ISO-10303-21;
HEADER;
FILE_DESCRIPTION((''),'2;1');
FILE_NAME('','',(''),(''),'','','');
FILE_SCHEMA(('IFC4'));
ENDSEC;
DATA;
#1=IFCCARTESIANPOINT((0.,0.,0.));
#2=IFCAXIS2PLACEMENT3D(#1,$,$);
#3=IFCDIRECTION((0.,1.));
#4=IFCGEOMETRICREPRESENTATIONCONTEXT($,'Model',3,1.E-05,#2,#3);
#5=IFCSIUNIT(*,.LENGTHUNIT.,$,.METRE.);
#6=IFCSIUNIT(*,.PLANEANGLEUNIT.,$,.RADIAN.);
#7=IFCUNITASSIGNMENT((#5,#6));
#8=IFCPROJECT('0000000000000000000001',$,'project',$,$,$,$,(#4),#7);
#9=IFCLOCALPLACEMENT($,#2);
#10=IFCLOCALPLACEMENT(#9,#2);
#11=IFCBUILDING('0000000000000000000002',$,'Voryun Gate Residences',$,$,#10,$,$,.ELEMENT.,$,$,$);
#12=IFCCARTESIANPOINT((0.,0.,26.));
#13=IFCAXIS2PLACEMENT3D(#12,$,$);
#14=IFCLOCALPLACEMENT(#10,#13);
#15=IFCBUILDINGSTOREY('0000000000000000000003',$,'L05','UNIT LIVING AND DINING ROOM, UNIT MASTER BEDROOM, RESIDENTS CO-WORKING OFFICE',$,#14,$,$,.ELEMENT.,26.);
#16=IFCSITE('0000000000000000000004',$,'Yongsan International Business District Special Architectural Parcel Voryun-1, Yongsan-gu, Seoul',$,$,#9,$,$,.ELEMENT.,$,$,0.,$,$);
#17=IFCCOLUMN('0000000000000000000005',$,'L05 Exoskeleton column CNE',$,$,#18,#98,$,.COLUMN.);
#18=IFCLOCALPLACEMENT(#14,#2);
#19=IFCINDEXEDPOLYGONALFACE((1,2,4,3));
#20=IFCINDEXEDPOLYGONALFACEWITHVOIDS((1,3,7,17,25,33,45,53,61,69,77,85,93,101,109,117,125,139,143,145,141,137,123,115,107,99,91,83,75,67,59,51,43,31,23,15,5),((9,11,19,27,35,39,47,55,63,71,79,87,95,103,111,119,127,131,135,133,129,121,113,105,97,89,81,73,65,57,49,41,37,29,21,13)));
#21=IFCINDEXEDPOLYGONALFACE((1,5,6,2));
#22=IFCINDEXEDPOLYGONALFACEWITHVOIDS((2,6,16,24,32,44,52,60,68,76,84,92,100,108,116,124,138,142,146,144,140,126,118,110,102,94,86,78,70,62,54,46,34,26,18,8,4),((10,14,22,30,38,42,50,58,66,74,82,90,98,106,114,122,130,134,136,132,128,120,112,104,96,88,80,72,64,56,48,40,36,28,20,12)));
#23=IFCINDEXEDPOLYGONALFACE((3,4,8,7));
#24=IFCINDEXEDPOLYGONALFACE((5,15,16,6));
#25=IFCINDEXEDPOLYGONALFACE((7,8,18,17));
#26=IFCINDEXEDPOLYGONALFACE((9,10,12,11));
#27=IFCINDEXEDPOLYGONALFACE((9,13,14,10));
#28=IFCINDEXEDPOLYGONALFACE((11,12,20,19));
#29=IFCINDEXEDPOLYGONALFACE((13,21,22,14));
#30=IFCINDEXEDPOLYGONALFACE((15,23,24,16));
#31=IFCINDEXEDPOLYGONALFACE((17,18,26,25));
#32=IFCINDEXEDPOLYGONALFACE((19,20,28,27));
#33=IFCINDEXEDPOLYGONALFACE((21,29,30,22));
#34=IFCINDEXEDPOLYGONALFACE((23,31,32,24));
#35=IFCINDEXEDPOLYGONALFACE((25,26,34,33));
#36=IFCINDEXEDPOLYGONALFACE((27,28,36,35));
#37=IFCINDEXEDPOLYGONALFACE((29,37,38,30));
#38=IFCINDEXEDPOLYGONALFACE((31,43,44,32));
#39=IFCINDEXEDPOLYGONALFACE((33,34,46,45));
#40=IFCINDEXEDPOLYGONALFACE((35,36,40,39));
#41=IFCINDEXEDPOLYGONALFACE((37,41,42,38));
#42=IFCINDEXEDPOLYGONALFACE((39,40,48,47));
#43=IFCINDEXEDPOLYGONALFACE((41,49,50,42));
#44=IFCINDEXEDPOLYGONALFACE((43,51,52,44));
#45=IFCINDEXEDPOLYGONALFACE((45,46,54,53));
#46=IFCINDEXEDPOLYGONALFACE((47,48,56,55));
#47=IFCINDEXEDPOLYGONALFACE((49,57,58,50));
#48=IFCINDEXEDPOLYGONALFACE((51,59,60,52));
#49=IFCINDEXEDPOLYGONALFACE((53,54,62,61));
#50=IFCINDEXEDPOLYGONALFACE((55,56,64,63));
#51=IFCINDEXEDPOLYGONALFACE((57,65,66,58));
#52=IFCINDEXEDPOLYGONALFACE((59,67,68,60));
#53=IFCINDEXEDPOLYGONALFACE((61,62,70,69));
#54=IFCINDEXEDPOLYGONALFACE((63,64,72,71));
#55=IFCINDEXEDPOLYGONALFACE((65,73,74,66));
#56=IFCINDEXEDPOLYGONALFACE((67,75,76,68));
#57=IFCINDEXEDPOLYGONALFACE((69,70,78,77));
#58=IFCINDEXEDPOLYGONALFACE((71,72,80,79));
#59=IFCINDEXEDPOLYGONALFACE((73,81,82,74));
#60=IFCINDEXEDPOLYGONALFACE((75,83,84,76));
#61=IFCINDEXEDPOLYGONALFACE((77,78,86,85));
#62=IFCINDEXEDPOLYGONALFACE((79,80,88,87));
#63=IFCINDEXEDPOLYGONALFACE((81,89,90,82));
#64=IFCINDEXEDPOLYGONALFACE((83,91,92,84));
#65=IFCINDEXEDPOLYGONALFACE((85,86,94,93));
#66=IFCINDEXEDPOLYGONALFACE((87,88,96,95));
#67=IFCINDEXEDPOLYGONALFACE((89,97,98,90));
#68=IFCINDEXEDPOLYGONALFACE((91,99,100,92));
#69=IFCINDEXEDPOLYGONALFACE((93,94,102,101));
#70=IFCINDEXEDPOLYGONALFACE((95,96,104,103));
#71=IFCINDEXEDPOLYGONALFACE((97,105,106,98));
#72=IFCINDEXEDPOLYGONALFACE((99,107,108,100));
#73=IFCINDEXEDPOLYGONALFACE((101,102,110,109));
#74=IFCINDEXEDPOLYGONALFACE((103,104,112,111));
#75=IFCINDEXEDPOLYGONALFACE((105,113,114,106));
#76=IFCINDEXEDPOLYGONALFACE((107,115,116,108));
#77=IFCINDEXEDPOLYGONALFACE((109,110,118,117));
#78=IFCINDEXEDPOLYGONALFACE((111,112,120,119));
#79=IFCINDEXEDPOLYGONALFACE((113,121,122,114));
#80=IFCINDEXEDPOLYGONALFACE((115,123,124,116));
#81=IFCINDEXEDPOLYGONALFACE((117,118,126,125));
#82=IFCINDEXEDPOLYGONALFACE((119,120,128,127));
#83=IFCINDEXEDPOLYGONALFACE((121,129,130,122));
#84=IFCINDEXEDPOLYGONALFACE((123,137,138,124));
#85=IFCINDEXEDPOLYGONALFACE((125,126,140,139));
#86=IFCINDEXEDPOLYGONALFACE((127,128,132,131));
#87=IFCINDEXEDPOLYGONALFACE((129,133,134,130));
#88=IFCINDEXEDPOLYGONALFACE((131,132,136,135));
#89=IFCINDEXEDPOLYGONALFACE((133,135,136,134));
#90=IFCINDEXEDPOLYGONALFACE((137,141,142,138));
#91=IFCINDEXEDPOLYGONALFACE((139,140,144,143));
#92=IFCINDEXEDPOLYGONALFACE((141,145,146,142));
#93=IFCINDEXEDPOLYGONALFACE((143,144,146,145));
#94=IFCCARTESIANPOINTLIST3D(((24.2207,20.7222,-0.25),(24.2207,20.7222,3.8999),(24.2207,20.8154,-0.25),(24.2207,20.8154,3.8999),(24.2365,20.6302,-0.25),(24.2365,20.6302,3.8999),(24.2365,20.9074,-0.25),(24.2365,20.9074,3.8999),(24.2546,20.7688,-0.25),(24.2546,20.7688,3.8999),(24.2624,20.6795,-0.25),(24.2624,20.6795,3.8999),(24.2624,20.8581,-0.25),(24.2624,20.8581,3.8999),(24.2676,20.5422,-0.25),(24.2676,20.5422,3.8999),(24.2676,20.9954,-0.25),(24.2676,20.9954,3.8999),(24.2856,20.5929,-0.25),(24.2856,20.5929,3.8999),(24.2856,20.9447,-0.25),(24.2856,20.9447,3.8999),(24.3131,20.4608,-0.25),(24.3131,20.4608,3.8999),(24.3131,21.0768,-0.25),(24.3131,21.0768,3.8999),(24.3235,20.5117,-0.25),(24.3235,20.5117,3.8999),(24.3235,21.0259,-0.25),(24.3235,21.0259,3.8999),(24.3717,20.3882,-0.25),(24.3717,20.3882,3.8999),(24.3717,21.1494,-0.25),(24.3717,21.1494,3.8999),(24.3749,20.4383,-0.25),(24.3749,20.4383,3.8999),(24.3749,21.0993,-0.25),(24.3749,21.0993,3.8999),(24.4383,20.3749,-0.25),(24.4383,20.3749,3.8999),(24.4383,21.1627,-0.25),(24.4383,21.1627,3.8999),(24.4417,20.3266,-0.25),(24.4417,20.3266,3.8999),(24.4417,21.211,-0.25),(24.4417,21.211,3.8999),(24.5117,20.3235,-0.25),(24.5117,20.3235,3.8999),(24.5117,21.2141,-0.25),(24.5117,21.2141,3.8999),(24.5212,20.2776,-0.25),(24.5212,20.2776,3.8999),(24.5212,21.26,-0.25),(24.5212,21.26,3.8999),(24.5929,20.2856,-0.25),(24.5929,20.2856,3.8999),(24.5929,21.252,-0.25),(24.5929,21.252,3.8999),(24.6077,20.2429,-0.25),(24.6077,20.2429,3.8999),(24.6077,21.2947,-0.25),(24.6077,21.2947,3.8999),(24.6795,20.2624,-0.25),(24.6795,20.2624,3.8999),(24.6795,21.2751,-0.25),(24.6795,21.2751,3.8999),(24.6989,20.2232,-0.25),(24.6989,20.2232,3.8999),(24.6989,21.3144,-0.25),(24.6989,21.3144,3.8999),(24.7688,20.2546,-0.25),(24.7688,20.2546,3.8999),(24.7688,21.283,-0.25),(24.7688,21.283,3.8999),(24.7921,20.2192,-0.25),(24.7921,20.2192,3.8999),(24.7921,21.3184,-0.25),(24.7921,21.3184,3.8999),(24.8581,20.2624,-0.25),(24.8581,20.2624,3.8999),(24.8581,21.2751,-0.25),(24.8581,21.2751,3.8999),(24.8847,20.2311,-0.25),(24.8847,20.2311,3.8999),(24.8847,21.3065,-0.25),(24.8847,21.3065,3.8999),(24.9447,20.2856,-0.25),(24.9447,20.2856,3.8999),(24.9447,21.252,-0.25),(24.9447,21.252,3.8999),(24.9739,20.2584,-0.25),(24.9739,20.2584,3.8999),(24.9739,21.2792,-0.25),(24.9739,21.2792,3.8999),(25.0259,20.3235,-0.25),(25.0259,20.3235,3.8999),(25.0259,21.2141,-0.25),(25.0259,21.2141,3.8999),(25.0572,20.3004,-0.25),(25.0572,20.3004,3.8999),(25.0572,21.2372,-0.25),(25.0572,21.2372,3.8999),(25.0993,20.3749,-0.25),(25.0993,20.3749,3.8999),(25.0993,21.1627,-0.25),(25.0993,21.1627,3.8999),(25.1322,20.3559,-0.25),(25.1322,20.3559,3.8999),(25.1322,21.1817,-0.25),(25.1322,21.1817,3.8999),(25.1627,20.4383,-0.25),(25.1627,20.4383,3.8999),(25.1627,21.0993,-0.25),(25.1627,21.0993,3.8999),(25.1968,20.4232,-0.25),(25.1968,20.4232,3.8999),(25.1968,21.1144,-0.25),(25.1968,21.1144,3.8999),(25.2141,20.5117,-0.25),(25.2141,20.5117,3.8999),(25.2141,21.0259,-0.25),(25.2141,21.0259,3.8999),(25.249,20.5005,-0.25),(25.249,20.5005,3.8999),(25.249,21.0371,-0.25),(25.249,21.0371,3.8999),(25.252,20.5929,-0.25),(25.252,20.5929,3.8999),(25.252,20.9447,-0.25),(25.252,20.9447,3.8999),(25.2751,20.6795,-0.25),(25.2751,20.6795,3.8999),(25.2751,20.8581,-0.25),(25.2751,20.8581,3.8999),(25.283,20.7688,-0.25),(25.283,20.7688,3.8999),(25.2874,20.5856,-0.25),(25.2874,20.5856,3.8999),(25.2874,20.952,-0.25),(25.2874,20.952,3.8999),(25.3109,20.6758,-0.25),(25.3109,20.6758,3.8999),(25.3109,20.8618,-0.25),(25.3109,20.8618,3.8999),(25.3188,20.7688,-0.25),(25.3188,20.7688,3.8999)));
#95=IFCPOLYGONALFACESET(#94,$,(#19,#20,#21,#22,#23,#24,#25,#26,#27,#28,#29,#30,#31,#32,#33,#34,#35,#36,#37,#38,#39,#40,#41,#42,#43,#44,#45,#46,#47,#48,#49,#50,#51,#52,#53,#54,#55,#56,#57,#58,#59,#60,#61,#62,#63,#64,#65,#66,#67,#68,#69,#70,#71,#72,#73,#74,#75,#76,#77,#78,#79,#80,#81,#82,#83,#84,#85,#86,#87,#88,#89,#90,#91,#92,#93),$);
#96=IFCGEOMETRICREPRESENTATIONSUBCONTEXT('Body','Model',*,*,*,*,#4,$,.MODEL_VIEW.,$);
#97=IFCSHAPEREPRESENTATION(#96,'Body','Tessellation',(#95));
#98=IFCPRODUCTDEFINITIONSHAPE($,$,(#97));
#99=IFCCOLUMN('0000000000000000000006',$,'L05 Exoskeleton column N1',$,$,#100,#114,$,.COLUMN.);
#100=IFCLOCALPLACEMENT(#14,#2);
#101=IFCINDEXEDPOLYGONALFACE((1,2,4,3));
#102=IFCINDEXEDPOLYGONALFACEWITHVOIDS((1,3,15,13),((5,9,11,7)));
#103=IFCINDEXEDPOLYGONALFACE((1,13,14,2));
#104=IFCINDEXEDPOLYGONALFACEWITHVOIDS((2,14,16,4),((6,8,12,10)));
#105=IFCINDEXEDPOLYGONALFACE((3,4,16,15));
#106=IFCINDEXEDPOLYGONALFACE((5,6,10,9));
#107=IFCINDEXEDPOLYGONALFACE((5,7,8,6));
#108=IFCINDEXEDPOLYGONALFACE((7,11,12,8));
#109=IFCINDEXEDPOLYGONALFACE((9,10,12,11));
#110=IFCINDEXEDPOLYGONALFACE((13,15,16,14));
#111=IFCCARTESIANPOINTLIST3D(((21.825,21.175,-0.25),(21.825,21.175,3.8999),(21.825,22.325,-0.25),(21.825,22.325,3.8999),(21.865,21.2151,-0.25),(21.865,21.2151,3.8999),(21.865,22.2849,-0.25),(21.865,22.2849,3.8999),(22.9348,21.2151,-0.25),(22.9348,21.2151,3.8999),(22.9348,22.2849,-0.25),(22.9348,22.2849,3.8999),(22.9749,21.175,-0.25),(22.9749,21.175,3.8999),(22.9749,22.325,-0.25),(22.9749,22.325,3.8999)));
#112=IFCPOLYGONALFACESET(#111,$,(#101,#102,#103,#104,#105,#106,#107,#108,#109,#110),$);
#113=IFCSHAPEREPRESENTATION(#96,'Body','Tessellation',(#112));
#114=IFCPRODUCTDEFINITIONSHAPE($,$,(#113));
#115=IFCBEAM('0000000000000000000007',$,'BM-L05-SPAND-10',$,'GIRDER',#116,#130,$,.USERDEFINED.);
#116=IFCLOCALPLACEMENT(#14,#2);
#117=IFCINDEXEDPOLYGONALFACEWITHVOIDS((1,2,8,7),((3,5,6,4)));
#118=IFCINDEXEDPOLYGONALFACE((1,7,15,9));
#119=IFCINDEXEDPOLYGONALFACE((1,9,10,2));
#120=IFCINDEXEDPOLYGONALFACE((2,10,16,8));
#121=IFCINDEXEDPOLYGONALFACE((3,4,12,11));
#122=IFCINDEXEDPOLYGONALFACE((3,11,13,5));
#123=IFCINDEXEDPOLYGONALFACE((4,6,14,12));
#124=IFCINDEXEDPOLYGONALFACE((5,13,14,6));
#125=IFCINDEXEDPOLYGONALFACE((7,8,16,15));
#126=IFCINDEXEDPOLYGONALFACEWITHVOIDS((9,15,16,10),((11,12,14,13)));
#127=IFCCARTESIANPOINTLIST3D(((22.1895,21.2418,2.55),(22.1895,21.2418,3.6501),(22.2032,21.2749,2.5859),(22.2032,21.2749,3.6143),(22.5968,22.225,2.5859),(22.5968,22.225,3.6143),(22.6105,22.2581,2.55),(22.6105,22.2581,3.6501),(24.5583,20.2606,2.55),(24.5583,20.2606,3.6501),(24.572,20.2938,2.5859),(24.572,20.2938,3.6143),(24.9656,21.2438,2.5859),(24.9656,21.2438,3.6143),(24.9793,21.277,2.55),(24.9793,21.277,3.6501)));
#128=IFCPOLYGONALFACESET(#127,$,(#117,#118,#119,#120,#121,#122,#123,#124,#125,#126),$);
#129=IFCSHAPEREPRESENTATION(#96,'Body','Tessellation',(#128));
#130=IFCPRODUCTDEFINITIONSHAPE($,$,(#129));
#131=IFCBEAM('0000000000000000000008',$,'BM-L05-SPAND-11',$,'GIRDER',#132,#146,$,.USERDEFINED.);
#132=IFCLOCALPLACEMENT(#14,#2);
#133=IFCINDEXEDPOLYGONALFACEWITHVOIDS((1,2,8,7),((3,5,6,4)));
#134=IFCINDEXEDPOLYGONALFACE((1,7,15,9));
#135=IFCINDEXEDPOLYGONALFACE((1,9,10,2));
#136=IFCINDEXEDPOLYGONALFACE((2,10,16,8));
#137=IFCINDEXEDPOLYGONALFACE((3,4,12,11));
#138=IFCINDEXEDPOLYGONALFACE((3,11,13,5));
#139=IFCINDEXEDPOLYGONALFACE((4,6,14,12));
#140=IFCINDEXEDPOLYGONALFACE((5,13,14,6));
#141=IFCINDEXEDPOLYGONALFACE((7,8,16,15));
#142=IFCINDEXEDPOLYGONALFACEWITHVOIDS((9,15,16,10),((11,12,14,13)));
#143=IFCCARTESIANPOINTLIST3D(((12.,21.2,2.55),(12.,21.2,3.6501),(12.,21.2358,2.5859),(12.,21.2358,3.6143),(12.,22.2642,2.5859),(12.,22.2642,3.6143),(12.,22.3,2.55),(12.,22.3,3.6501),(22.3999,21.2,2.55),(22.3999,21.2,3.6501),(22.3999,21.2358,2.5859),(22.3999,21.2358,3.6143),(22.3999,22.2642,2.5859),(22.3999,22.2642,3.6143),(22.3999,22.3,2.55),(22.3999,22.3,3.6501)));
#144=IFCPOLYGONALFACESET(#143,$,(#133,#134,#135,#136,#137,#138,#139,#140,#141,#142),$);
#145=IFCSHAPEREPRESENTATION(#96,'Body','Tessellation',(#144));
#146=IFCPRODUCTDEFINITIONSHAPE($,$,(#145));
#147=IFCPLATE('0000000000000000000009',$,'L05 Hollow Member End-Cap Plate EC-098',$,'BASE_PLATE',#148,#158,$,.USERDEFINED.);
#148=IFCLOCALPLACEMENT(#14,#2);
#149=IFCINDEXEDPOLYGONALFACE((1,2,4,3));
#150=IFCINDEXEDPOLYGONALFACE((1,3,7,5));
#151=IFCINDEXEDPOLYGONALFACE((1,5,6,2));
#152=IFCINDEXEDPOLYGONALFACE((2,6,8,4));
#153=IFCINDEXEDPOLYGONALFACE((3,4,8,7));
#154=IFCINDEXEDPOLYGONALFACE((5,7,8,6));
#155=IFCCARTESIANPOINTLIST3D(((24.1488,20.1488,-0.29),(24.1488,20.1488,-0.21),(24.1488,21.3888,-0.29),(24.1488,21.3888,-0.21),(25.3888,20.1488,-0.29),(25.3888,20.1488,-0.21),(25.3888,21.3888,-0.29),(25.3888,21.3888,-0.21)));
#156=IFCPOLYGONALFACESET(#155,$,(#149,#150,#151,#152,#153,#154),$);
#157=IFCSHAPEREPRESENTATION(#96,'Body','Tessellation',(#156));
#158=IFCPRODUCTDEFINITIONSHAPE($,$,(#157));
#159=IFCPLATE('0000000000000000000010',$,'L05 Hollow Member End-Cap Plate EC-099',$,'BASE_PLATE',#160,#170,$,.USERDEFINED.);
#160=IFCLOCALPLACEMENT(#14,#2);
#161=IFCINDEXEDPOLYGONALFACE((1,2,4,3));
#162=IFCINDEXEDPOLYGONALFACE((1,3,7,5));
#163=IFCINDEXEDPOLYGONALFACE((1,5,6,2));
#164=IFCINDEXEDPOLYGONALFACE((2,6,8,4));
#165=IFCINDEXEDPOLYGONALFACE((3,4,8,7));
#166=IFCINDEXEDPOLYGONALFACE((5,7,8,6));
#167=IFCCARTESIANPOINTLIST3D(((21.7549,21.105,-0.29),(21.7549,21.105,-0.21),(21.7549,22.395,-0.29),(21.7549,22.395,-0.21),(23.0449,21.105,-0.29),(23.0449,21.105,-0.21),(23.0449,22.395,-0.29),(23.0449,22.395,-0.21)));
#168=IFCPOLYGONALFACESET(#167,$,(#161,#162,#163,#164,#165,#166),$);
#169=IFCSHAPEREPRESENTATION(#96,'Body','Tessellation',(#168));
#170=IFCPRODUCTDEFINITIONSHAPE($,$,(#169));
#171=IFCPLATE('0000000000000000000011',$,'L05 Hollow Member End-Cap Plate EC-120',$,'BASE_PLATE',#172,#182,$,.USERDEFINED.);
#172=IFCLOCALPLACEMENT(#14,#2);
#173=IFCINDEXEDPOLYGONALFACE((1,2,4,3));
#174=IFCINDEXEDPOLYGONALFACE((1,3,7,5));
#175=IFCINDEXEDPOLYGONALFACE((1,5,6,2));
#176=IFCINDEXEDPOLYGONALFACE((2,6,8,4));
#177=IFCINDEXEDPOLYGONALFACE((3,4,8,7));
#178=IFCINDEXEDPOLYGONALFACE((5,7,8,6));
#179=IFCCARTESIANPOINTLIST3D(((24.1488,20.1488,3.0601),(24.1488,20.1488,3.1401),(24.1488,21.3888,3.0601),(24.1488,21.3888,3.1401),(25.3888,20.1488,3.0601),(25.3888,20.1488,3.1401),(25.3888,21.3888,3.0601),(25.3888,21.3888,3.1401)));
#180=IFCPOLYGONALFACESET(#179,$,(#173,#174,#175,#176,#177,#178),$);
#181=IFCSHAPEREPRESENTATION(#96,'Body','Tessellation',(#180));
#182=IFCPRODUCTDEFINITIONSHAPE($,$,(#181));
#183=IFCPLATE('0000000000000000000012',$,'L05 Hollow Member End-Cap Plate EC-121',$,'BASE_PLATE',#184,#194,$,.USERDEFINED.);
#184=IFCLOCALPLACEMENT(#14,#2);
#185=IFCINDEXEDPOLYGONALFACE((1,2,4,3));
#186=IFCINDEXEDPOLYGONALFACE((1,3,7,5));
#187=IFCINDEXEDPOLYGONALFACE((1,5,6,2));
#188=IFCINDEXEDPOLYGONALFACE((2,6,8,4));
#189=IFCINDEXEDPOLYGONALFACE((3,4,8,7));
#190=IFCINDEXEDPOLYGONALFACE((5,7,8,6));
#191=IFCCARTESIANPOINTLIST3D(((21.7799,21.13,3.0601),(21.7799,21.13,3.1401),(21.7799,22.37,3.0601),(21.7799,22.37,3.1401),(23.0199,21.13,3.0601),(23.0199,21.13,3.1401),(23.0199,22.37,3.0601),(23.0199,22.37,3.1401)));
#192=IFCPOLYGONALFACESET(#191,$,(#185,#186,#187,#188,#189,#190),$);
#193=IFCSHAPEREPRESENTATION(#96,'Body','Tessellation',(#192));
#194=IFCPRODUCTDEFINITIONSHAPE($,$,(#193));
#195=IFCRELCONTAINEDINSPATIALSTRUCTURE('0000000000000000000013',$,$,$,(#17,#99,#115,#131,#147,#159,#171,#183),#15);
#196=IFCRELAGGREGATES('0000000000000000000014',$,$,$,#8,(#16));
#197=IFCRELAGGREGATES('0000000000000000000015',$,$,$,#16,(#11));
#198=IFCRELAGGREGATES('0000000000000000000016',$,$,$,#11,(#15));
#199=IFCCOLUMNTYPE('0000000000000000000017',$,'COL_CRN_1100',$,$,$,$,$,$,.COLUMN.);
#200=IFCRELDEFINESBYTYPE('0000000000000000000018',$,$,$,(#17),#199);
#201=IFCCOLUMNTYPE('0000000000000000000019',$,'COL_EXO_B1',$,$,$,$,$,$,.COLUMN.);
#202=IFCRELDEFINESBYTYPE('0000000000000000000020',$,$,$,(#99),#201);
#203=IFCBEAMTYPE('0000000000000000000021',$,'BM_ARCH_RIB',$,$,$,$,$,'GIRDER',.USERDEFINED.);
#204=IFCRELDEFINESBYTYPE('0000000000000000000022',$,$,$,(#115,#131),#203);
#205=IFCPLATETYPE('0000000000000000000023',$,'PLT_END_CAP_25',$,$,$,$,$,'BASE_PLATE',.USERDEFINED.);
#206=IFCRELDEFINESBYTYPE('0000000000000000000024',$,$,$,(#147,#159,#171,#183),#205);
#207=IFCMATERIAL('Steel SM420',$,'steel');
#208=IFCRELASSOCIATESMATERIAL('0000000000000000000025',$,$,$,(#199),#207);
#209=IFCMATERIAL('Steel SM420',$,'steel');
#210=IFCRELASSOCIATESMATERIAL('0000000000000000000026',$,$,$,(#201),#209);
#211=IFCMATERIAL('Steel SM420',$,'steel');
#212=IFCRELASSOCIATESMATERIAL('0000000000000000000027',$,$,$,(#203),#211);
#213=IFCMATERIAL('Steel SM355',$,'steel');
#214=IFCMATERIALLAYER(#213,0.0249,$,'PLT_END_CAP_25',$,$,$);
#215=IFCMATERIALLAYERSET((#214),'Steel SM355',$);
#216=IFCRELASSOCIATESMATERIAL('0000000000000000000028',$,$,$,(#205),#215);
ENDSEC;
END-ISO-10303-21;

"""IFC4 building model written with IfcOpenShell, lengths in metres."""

from ifc_helpers import new_model, si_unit, direction, frame, origin, origin_2d, place, context, subcontext, project, spatial, rectangle, hollow_rectangle, hollow_circle, extrude, material, layer, layer_set, material_profile, profile_set, type_object, element, save


model = new_model("IFC4")

# Units and contexts
model_context = context("Model", 3, precision=1e-05, world=origin(), true_north=direction((0.0, 1.0)))
body_context = subcontext(model_context, "Body", "Model", "MODEL_VIEW")
ifc_project = project(units=[si_unit("LENGTHUNIT", "METRE"), si_unit("PLANEANGLEUNIT", "RADIAN")], contexts=[model_context])

# Site, building, storey
site_placement = place(None, origin())
site = spatial("IfcSite", under=ifc_project, at=site_placement, Name="Yongsan International Business District Special Architectural Parcel Voryun-1, Yongsan-gu, Seoul", CompositionType="ELEMENT", RefElevation=0.0)
building_placement = place(site_placement, origin())
building = spatial("IfcBuilding", under=site, at=building_placement, Name="Voryun Gate Residences", CompositionType="ELEMENT")
storey_placement = place(building_placement, frame((0.0, 0.0, 26.0)))
storey = spatial("IfcBuildingStorey", under=building, at=storey_placement, Name="L05", Description="UNIT LIVING AND DINING ROOM, UNIT MASTER BEDROOM, RESIDENTS CO-WORKING OFFICE", CompositionType="ELEMENT", Elevation=26.0)

# Columns
ifc_material_1 = material(Name="Steel SM420", Category="steel")
ifc_material_profile_1 = material_profile(ifc_material_1, hollow_circle(Radius=0.55, WallThickness=0.0359, at=origin_2d()), Name="CHS-1100x36")
ifc_profile_set_1 = profile_set([ifc_material_profile_1], Name="Steel SM420")
column_type_1 = type_object("IfcColumnType", Name="COL_CRN_1100", PredefinedType="COLUMN", material=ifc_profile_set_1)
column_1_placement = place(storey_placement, frame((24.7688, 20.7688, -0.25), z_axis=(0.0, 0.0, 1.0), x_axis=(1.0, 0.0, 0.0)))
element("IfcColumn", 1, at=column_1_placement, inside=storey, type_object=column_type_1, Name="L05 Exoskeleton column CNE", PredefinedType="COLUMN", context=body_context, shape_type="SweptSolid", body=[
    extrude(hollow_circle(Radius=0.55, WallThickness=0.0359, at=origin_2d()), origin(), (0.0, 0.0, 1.0), 4.1499),
])
ifc_material_2 = material(Name="Steel SM420", Category="steel")
ifc_material_profile_2 = material_profile(ifc_material_2, hollow_rectangle(XDim=1.1499, YDim=1.1499, WallThickness=0.04, at=origin_2d()), Name="BOX-1150x1150x40")
ifc_profile_set_2 = profile_set([ifc_material_profile_2], Name="Steel SM420")
column_type_2 = type_object("IfcColumnType", Name="COL_EXO_B1", PredefinedType="COLUMN", material=ifc_profile_set_2)
column_2_placement = place(storey_placement, frame((22.3999, 21.75, -0.25), z_axis=(0.0, 0.0, 1.0), x_axis=(1.0, 0.0, 0.0)))
element("IfcColumn", 2, at=column_2_placement, inside=storey, type_object=column_type_2, Name="L05 Exoskeleton column N1", PredefinedType="COLUMN", context=body_context, shape_type="SweptSolid", body=[
    extrude(hollow_rectangle(XDim=1.1499, YDim=1.1499, WallThickness=0.04, at=origin_2d()), origin(), (0.0, 0.0, 1.0), 4.1499),
])

# Beams
ifc_material_3 = material(Name="Steel SM420", Category="steel")
ifc_material_profile_3 = material_profile(ifc_material_3, hollow_rectangle(XDim=1.1001, YDim=1.1001, WallThickness=0.0359, at=origin_2d()), Name="BOX-1100x1100x36")
ifc_profile_set_3 = profile_set([ifc_material_profile_3], Name="Steel SM420")
beam_type = type_object("IfcBeamType", Name="BM_ARCH_RIB", ElementType="GIRDER", PredefinedType="USERDEFINED", material=ifc_profile_set_3)
beam_1_placement = place(storey_placement, frame((24.7688, 20.7688, 3.1001), z_axis=(-0.923883, 0.382674, 0.0), x_axis=(-0.382674, -0.923883, 0.0)))
element("IfcBeam", 3, at=beam_1_placement, inside=storey, type_object=beam_type, Name="BM-L05-SPAND-10", ObjectType="GIRDER", PredefinedType="USERDEFINED", context=body_context, shape_type="SweptSolid", body=[
    extrude(hollow_rectangle(XDim=1.1001, YDim=1.1001, WallThickness=0.0359, at=origin_2d()), origin(), (0.0, 0.0, 1.0), 2.564),
])
beam_2_placement = place(storey_placement, frame((22.3999, 21.75, 3.1001), z_axis=(-1.0, 0.0, 0.0), x_axis=(0.0, -1.0, 0.0)))
element("IfcBeam", 4, at=beam_2_placement, inside=storey, type_object=beam_type, Name="BM-L05-SPAND-11", ObjectType="GIRDER", PredefinedType="USERDEFINED", context=body_context, shape_type="SweptSolid", body=[
    extrude(hollow_rectangle(XDim=1.1001, YDim=1.1001, WallThickness=0.0359, at=origin_2d()), origin(), (0.0, 0.0, 1.0), 10.3999),
])

# Plates
ifc_material_4 = material(Name="Steel SM355", Category="steel")
ifc_layer_1 = layer(ifc_material_4, 0.0249, Name="PLT_END_CAP_25")
ifc_layer_set_1 = layer_set([ifc_layer_1], Name="Steel SM355")
plate_type = type_object("IfcPlateType", Name="PLT_END_CAP_25", ElementType="BASE_PLATE", PredefinedType="USERDEFINED", material=ifc_layer_set_1)
plate_1_placement = place(storey_placement, frame((24.7688, 20.7688, -0.29), z_axis=(0.0, 0.0, 1.0), x_axis=(1.0, 0.0, 0.0)))
element("IfcPlate", 5, at=plate_1_placement, inside=storey, type_object=plate_type, Name="L05 Hollow Member End-Cap Plate EC-098", ObjectType="BASE_PLATE", PredefinedType="USERDEFINED", context=body_context, shape_type="SweptSolid", body=[
    extrude(rectangle(XDim=1.24, YDim=1.24, at=origin_2d()), origin(), (0.0, 0.0, 1.0), 0.0801),
])
plate_2_placement = place(storey_placement, frame((22.3999, 21.75, -0.29), z_axis=(0.0, 0.0, 1.0), x_axis=(1.0, 0.0, 0.0)))
element("IfcPlate", 6, at=plate_2_placement, inside=storey, type_object=plate_type, Name="L05 Hollow Member End-Cap Plate EC-099", ObjectType="BASE_PLATE", PredefinedType="USERDEFINED", context=body_context, shape_type="SweptSolid", body=[
    extrude(rectangle(XDim=1.29, YDim=1.29, at=origin_2d()), origin(), (0.0, 0.0, 1.0), 0.0801),
])
for number, where, z_axis, x_axis, name in (
    (7, (24.7688, 20.7688, 3.0601), (0.0, 0.0, 1.0), (1.0, 0.0, 0.0), "L05 Hollow Member End-Cap Plate EC-120"),
    (8, (22.3999, 21.75, 3.0601), (0.0, 0.0, 1.0), (1.0, 0.0, 0.0), "L05 Hollow Member End-Cap Plate EC-121"),
):
    element("IfcPlate", number, at=place(storey_placement, frame(where, z_axis=z_axis, x_axis=x_axis)), inside=storey, type_object=plate_type, Name=name, ObjectType="BASE_PLATE", PredefinedType="USERDEFINED", context=body_context, shape_type="SweptSolid", body=[
        extrude(rectangle(XDim=1.24, YDim=1.24, at=origin_2d()), origin(), (0.0, 0.0, 1.0), 0.0801),
    ])

save(model, "model.ifc")
